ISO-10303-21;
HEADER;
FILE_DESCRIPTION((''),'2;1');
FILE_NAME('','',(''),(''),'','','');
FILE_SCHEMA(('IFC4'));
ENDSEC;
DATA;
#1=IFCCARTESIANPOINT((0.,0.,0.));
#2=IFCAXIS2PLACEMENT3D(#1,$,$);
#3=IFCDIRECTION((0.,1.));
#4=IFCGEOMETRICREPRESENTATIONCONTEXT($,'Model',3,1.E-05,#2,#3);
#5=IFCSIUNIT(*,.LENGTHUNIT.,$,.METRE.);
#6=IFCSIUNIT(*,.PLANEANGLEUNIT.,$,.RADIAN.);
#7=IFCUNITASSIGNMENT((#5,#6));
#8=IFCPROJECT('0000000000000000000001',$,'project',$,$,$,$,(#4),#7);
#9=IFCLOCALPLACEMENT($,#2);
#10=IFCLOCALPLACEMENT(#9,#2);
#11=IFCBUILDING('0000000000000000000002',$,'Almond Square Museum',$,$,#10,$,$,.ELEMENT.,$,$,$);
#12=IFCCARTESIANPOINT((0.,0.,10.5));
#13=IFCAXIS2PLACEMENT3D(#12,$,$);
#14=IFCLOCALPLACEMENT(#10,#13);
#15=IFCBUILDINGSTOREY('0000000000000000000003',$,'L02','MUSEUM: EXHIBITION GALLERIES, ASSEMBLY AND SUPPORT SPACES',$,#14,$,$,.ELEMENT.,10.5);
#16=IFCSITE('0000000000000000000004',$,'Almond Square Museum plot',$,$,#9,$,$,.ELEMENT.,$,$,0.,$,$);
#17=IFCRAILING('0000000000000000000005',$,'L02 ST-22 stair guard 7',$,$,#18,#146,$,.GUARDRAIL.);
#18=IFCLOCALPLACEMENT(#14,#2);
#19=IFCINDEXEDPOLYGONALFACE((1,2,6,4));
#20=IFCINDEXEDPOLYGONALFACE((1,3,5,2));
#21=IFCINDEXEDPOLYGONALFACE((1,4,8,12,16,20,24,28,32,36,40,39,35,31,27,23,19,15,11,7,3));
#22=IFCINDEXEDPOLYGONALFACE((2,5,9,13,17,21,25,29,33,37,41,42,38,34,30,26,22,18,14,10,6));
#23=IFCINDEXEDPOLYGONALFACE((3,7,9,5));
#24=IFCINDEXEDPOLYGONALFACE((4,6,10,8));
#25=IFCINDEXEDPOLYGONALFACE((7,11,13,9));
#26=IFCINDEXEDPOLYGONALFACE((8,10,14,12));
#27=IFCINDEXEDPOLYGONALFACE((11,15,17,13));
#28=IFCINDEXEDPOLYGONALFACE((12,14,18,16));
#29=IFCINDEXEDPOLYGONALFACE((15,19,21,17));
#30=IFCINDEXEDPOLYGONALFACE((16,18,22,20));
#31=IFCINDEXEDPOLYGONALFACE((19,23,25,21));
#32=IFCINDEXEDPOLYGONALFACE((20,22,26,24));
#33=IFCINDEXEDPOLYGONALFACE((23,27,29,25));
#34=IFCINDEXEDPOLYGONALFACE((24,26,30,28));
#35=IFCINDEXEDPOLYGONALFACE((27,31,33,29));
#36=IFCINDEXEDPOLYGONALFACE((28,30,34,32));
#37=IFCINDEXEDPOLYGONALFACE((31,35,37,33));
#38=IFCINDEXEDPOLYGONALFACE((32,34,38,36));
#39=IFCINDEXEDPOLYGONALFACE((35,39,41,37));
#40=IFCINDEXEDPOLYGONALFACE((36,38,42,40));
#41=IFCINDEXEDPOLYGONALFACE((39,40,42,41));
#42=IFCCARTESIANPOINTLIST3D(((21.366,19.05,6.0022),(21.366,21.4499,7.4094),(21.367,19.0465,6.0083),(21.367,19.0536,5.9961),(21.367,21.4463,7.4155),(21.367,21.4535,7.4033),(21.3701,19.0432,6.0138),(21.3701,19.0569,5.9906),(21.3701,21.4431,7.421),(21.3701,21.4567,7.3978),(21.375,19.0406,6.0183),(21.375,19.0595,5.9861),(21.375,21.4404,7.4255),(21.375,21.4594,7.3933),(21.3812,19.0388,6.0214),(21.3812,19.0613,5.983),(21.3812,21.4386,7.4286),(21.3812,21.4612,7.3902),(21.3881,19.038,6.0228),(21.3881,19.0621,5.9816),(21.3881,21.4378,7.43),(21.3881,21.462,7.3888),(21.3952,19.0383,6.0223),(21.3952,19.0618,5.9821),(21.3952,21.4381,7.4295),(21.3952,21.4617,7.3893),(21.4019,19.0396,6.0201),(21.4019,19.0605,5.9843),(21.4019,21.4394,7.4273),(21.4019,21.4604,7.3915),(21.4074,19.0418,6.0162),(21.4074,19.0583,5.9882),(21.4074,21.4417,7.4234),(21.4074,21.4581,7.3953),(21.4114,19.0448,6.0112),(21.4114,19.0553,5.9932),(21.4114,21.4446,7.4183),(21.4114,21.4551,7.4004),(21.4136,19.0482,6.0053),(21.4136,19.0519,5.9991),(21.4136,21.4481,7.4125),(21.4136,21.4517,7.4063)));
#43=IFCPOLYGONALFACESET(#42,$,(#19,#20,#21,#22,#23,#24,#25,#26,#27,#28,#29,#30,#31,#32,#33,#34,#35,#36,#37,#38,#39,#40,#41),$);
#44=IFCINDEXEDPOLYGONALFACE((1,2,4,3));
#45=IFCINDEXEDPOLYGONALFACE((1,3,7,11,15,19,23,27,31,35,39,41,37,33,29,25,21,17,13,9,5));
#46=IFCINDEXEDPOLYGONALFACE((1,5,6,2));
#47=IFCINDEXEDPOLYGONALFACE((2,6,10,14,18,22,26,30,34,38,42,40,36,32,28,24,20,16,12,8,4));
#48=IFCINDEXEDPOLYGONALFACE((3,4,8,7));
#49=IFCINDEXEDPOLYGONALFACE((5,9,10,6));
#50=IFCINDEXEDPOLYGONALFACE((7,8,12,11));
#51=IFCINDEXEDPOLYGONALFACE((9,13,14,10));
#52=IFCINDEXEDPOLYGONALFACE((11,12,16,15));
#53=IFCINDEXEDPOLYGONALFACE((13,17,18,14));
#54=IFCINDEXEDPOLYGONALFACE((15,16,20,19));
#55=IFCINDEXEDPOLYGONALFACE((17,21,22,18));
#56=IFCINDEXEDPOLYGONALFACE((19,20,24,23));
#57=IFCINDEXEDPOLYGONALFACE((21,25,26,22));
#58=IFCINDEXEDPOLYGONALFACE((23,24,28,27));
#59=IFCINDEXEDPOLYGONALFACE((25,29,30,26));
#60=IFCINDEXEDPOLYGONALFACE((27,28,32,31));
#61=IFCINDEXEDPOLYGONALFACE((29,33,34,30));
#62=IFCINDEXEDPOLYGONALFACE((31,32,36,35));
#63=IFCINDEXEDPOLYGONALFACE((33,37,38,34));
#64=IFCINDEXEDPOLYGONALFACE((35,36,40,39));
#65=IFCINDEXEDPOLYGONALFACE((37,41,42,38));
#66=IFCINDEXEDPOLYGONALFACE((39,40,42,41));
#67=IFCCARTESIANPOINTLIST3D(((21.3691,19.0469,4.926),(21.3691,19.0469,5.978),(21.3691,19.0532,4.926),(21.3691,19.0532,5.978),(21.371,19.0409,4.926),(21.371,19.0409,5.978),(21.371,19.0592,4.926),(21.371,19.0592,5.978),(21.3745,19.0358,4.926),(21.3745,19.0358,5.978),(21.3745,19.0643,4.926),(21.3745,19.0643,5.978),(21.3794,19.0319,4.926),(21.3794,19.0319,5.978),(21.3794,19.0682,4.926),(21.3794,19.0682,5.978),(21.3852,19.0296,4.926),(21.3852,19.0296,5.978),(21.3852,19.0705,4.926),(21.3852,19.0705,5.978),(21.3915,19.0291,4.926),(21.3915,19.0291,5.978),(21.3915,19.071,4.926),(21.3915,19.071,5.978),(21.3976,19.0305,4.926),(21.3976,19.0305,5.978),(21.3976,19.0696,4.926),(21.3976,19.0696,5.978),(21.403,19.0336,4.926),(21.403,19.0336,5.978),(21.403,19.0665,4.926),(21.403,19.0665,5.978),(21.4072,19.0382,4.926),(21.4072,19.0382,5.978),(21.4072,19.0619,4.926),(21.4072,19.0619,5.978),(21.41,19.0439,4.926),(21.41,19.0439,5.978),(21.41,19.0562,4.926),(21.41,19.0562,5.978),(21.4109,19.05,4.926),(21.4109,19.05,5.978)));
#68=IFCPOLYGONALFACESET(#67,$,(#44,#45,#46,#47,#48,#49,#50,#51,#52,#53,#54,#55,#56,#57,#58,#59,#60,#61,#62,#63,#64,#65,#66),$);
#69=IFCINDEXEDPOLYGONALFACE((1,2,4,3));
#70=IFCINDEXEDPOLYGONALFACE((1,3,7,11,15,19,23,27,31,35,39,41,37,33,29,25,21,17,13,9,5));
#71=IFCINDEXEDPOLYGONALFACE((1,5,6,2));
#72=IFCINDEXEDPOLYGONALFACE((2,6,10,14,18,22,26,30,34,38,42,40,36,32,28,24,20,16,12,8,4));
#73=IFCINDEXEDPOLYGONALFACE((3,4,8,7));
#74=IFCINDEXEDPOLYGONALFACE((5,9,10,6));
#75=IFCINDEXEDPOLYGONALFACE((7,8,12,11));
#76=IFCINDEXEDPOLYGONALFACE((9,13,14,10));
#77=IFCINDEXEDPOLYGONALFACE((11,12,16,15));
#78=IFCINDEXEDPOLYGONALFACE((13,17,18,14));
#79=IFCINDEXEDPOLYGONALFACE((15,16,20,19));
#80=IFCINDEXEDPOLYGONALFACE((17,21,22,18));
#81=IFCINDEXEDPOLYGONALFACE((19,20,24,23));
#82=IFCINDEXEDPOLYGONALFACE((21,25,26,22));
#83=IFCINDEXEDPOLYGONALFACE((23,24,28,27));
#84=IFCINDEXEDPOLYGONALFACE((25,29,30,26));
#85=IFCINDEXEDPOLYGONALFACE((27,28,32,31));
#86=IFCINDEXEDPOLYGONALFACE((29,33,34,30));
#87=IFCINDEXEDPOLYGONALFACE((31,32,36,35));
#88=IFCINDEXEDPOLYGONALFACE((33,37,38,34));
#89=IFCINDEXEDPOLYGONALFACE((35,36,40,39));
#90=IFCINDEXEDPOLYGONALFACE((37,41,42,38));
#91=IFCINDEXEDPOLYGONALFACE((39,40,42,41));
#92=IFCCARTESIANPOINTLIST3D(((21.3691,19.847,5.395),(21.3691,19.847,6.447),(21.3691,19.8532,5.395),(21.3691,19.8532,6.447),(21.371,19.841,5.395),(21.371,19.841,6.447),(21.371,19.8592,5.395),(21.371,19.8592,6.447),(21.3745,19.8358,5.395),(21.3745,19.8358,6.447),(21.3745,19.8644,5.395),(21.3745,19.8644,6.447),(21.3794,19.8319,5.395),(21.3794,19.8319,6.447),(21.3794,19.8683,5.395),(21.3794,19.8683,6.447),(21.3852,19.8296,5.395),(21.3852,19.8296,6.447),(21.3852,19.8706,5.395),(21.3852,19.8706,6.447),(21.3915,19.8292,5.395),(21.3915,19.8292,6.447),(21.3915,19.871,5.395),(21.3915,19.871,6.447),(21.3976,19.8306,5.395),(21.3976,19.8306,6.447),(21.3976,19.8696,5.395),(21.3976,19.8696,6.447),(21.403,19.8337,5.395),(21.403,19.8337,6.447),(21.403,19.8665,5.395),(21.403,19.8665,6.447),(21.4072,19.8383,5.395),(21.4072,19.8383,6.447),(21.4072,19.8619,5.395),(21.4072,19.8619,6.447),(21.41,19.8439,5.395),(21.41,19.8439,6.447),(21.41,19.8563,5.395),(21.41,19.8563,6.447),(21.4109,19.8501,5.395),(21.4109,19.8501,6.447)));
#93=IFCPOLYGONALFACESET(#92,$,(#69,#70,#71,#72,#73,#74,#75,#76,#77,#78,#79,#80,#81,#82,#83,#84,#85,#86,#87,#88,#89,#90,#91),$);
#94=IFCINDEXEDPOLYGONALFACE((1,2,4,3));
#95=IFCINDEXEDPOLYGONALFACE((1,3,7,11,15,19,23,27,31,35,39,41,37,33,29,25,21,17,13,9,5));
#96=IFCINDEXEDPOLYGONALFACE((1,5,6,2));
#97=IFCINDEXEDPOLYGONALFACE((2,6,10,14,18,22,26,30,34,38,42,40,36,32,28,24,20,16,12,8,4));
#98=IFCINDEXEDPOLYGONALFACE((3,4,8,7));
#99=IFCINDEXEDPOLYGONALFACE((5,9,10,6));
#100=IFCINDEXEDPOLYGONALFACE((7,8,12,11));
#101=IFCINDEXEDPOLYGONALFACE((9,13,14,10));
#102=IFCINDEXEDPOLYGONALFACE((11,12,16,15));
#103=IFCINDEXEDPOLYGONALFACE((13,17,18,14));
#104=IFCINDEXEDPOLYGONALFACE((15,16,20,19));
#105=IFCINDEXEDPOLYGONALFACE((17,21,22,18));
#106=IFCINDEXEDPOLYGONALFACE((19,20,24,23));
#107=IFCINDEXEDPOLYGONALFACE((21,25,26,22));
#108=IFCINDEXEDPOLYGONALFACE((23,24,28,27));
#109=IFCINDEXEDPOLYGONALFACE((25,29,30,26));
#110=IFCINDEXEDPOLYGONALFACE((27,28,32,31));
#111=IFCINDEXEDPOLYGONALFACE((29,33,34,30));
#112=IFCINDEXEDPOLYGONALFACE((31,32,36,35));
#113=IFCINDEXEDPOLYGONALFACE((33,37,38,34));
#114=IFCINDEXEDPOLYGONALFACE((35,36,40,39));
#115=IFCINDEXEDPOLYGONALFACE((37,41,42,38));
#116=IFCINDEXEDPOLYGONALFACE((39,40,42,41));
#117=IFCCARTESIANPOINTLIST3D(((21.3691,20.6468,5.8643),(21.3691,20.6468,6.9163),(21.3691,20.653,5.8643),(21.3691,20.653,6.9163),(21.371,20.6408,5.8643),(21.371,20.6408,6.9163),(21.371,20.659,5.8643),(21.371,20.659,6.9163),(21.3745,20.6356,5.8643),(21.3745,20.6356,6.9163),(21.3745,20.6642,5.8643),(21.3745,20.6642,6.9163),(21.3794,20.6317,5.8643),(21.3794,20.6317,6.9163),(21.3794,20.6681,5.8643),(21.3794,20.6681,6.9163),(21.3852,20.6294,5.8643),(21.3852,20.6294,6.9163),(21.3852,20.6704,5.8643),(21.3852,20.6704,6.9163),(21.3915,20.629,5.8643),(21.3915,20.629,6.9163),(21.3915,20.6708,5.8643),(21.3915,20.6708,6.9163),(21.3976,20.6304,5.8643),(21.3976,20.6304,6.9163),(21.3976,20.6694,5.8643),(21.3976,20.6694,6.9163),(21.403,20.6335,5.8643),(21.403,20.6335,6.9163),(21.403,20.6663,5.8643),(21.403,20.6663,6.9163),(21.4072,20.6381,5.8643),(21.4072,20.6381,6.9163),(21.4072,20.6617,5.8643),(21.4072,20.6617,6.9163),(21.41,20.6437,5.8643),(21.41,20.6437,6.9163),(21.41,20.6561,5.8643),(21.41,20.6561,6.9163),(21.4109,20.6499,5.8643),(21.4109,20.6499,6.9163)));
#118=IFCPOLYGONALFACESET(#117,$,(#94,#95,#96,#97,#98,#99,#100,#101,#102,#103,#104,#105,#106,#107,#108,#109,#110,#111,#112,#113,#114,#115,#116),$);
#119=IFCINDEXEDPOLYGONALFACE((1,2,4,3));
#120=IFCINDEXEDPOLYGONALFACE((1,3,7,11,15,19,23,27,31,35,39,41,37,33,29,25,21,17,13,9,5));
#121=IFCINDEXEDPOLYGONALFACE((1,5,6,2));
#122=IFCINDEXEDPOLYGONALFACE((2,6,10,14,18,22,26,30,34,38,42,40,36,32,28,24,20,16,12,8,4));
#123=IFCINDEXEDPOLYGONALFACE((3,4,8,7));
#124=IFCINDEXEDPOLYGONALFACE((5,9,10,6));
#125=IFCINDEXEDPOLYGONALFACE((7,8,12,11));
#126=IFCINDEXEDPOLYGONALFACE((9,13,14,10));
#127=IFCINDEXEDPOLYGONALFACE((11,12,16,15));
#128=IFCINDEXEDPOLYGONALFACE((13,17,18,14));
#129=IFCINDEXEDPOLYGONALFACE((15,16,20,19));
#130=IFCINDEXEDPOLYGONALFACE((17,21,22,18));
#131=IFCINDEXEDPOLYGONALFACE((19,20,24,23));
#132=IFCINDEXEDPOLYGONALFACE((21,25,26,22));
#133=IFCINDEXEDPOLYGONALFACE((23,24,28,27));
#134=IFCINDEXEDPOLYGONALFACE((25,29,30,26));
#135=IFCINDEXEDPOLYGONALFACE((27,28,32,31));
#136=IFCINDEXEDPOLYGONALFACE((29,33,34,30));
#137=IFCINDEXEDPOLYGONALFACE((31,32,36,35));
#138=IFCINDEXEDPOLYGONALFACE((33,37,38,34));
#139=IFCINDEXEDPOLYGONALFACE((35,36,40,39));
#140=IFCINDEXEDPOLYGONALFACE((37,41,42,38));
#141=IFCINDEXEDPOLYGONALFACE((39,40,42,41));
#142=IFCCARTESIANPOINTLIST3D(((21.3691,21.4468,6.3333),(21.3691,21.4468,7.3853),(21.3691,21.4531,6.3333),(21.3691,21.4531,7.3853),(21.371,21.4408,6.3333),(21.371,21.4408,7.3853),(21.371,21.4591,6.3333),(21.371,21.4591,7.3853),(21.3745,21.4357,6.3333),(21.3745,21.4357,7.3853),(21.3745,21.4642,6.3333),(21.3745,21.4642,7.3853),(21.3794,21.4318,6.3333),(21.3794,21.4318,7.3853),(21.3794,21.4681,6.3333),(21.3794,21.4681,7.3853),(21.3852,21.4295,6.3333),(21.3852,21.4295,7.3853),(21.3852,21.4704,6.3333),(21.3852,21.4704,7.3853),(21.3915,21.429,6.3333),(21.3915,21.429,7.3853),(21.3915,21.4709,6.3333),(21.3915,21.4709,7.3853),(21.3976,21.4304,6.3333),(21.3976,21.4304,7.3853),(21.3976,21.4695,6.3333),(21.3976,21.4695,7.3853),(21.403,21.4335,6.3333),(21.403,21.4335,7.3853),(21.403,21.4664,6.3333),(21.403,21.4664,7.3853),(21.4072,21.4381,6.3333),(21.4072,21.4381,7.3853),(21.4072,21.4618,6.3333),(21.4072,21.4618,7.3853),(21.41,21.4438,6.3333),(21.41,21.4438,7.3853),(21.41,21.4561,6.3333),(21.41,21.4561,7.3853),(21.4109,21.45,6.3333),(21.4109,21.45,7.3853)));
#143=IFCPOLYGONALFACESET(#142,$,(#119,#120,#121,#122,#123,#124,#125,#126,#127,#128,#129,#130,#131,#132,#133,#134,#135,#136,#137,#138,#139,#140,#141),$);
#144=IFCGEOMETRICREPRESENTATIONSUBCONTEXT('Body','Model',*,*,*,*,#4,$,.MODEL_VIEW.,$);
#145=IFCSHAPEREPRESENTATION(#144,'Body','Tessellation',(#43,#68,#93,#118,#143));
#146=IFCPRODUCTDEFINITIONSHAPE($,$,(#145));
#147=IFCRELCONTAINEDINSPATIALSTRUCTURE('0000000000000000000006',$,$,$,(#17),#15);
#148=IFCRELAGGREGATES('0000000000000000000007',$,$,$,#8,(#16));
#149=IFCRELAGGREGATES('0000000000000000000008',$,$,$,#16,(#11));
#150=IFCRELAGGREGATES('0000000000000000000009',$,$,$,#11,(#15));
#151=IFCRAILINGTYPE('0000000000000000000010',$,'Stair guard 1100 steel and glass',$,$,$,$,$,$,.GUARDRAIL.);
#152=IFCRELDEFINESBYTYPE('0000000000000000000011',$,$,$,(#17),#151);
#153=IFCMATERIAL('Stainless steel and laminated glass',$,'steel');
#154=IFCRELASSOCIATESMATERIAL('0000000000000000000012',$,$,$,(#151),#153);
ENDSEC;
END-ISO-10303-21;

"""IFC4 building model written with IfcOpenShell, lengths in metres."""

from ifc_helpers import new_model, si_unit, direction, frame, origin, origin_2d, place, context, subcontext, project, spatial, circle, extrude, material, type_object, element, save


model = new_model("IFC4")

# Units and contexts
model_context = context("Model", 3, precision=1e-05, world=origin(), true_north=direction((0.0, 1.0)))
body_context = subcontext(model_context, "Body", "Model", "MODEL_VIEW")
ifc_project = project(units=[si_unit("LENGTHUNIT", "METRE"), si_unit("PLANEANGLEUNIT", "RADIAN")], contexts=[model_context])

# Site, building, storey
site_placement = place(None, origin())
site = spatial("IfcSite", under=ifc_project, at=site_placement, Name="Almond Square Museum plot", CompositionType="ELEMENT", RefElevation=0.0)
building_placement = place(site_placement, origin())
building = spatial("IfcBuilding", under=site, at=building_placement, Name="Almond Square Museum", CompositionType="ELEMENT")
storey_placement = place(building_placement, frame((0.0, 0.0, 10.5)))
storey = spatial("IfcBuildingStorey", under=building, at=storey_placement, Name="L02", Description="MUSEUM: EXHIBITION GALLERIES, ASSEMBLY AND SUPPORT SPACES", CompositionType="ELEMENT", Elevation=10.5)

# Railing
ifc_material_1 = material(Name="Stainless steel and laminated glass", Category="steel")
railing_type_1 = type_object("IfcRailingType", Name="Stair guard 1100 steel and glass", PredefinedType="GUARDRAIL", material=ifc_material_1)
railing_1_placement = place(storey_placement, frame((21.3899, 19.05, 4.926)))
element("IfcRailing", 1, at=railing_1_placement, inside=storey, type_object=railing_type_1, Name="L02 ST-22 stair guard 7", PredefinedType="GUARDRAIL", context=body_context, shape_type="SweptSolid", body=[
    extrude(circle(Radius=0.0239, at=origin_2d()), frame((0.0, 0.0, 1.0762), z_axis=(0.0, 0.862637, 0.505823), x_axis=(-1.0, 0.0, 0.0)), (0.0, 0.0, 1.0), 2.782),
    extrude(circle(Radius=0.021, at=origin_2d()), origin(), (0.0, 0.0, 1.0), 1.052),
    extrude(circle(Radius=0.021, at=origin_2d()), frame((0.0, 0.8, 0.469)), (0.0, 0.0, 1.0), 1.052),
    extrude(circle(Radius=0.021, at=origin_2d()), frame((0.0, 1.5999, 0.9382)), (0.0, 0.0, 1.0), 1.052),
    extrude(circle(Radius=0.021, at=origin_2d()), frame((0.0, 2.3999, 1.4072)), (0.0, 0.0, 1.0), 1.052),
])

save(model, "model.ifc")
